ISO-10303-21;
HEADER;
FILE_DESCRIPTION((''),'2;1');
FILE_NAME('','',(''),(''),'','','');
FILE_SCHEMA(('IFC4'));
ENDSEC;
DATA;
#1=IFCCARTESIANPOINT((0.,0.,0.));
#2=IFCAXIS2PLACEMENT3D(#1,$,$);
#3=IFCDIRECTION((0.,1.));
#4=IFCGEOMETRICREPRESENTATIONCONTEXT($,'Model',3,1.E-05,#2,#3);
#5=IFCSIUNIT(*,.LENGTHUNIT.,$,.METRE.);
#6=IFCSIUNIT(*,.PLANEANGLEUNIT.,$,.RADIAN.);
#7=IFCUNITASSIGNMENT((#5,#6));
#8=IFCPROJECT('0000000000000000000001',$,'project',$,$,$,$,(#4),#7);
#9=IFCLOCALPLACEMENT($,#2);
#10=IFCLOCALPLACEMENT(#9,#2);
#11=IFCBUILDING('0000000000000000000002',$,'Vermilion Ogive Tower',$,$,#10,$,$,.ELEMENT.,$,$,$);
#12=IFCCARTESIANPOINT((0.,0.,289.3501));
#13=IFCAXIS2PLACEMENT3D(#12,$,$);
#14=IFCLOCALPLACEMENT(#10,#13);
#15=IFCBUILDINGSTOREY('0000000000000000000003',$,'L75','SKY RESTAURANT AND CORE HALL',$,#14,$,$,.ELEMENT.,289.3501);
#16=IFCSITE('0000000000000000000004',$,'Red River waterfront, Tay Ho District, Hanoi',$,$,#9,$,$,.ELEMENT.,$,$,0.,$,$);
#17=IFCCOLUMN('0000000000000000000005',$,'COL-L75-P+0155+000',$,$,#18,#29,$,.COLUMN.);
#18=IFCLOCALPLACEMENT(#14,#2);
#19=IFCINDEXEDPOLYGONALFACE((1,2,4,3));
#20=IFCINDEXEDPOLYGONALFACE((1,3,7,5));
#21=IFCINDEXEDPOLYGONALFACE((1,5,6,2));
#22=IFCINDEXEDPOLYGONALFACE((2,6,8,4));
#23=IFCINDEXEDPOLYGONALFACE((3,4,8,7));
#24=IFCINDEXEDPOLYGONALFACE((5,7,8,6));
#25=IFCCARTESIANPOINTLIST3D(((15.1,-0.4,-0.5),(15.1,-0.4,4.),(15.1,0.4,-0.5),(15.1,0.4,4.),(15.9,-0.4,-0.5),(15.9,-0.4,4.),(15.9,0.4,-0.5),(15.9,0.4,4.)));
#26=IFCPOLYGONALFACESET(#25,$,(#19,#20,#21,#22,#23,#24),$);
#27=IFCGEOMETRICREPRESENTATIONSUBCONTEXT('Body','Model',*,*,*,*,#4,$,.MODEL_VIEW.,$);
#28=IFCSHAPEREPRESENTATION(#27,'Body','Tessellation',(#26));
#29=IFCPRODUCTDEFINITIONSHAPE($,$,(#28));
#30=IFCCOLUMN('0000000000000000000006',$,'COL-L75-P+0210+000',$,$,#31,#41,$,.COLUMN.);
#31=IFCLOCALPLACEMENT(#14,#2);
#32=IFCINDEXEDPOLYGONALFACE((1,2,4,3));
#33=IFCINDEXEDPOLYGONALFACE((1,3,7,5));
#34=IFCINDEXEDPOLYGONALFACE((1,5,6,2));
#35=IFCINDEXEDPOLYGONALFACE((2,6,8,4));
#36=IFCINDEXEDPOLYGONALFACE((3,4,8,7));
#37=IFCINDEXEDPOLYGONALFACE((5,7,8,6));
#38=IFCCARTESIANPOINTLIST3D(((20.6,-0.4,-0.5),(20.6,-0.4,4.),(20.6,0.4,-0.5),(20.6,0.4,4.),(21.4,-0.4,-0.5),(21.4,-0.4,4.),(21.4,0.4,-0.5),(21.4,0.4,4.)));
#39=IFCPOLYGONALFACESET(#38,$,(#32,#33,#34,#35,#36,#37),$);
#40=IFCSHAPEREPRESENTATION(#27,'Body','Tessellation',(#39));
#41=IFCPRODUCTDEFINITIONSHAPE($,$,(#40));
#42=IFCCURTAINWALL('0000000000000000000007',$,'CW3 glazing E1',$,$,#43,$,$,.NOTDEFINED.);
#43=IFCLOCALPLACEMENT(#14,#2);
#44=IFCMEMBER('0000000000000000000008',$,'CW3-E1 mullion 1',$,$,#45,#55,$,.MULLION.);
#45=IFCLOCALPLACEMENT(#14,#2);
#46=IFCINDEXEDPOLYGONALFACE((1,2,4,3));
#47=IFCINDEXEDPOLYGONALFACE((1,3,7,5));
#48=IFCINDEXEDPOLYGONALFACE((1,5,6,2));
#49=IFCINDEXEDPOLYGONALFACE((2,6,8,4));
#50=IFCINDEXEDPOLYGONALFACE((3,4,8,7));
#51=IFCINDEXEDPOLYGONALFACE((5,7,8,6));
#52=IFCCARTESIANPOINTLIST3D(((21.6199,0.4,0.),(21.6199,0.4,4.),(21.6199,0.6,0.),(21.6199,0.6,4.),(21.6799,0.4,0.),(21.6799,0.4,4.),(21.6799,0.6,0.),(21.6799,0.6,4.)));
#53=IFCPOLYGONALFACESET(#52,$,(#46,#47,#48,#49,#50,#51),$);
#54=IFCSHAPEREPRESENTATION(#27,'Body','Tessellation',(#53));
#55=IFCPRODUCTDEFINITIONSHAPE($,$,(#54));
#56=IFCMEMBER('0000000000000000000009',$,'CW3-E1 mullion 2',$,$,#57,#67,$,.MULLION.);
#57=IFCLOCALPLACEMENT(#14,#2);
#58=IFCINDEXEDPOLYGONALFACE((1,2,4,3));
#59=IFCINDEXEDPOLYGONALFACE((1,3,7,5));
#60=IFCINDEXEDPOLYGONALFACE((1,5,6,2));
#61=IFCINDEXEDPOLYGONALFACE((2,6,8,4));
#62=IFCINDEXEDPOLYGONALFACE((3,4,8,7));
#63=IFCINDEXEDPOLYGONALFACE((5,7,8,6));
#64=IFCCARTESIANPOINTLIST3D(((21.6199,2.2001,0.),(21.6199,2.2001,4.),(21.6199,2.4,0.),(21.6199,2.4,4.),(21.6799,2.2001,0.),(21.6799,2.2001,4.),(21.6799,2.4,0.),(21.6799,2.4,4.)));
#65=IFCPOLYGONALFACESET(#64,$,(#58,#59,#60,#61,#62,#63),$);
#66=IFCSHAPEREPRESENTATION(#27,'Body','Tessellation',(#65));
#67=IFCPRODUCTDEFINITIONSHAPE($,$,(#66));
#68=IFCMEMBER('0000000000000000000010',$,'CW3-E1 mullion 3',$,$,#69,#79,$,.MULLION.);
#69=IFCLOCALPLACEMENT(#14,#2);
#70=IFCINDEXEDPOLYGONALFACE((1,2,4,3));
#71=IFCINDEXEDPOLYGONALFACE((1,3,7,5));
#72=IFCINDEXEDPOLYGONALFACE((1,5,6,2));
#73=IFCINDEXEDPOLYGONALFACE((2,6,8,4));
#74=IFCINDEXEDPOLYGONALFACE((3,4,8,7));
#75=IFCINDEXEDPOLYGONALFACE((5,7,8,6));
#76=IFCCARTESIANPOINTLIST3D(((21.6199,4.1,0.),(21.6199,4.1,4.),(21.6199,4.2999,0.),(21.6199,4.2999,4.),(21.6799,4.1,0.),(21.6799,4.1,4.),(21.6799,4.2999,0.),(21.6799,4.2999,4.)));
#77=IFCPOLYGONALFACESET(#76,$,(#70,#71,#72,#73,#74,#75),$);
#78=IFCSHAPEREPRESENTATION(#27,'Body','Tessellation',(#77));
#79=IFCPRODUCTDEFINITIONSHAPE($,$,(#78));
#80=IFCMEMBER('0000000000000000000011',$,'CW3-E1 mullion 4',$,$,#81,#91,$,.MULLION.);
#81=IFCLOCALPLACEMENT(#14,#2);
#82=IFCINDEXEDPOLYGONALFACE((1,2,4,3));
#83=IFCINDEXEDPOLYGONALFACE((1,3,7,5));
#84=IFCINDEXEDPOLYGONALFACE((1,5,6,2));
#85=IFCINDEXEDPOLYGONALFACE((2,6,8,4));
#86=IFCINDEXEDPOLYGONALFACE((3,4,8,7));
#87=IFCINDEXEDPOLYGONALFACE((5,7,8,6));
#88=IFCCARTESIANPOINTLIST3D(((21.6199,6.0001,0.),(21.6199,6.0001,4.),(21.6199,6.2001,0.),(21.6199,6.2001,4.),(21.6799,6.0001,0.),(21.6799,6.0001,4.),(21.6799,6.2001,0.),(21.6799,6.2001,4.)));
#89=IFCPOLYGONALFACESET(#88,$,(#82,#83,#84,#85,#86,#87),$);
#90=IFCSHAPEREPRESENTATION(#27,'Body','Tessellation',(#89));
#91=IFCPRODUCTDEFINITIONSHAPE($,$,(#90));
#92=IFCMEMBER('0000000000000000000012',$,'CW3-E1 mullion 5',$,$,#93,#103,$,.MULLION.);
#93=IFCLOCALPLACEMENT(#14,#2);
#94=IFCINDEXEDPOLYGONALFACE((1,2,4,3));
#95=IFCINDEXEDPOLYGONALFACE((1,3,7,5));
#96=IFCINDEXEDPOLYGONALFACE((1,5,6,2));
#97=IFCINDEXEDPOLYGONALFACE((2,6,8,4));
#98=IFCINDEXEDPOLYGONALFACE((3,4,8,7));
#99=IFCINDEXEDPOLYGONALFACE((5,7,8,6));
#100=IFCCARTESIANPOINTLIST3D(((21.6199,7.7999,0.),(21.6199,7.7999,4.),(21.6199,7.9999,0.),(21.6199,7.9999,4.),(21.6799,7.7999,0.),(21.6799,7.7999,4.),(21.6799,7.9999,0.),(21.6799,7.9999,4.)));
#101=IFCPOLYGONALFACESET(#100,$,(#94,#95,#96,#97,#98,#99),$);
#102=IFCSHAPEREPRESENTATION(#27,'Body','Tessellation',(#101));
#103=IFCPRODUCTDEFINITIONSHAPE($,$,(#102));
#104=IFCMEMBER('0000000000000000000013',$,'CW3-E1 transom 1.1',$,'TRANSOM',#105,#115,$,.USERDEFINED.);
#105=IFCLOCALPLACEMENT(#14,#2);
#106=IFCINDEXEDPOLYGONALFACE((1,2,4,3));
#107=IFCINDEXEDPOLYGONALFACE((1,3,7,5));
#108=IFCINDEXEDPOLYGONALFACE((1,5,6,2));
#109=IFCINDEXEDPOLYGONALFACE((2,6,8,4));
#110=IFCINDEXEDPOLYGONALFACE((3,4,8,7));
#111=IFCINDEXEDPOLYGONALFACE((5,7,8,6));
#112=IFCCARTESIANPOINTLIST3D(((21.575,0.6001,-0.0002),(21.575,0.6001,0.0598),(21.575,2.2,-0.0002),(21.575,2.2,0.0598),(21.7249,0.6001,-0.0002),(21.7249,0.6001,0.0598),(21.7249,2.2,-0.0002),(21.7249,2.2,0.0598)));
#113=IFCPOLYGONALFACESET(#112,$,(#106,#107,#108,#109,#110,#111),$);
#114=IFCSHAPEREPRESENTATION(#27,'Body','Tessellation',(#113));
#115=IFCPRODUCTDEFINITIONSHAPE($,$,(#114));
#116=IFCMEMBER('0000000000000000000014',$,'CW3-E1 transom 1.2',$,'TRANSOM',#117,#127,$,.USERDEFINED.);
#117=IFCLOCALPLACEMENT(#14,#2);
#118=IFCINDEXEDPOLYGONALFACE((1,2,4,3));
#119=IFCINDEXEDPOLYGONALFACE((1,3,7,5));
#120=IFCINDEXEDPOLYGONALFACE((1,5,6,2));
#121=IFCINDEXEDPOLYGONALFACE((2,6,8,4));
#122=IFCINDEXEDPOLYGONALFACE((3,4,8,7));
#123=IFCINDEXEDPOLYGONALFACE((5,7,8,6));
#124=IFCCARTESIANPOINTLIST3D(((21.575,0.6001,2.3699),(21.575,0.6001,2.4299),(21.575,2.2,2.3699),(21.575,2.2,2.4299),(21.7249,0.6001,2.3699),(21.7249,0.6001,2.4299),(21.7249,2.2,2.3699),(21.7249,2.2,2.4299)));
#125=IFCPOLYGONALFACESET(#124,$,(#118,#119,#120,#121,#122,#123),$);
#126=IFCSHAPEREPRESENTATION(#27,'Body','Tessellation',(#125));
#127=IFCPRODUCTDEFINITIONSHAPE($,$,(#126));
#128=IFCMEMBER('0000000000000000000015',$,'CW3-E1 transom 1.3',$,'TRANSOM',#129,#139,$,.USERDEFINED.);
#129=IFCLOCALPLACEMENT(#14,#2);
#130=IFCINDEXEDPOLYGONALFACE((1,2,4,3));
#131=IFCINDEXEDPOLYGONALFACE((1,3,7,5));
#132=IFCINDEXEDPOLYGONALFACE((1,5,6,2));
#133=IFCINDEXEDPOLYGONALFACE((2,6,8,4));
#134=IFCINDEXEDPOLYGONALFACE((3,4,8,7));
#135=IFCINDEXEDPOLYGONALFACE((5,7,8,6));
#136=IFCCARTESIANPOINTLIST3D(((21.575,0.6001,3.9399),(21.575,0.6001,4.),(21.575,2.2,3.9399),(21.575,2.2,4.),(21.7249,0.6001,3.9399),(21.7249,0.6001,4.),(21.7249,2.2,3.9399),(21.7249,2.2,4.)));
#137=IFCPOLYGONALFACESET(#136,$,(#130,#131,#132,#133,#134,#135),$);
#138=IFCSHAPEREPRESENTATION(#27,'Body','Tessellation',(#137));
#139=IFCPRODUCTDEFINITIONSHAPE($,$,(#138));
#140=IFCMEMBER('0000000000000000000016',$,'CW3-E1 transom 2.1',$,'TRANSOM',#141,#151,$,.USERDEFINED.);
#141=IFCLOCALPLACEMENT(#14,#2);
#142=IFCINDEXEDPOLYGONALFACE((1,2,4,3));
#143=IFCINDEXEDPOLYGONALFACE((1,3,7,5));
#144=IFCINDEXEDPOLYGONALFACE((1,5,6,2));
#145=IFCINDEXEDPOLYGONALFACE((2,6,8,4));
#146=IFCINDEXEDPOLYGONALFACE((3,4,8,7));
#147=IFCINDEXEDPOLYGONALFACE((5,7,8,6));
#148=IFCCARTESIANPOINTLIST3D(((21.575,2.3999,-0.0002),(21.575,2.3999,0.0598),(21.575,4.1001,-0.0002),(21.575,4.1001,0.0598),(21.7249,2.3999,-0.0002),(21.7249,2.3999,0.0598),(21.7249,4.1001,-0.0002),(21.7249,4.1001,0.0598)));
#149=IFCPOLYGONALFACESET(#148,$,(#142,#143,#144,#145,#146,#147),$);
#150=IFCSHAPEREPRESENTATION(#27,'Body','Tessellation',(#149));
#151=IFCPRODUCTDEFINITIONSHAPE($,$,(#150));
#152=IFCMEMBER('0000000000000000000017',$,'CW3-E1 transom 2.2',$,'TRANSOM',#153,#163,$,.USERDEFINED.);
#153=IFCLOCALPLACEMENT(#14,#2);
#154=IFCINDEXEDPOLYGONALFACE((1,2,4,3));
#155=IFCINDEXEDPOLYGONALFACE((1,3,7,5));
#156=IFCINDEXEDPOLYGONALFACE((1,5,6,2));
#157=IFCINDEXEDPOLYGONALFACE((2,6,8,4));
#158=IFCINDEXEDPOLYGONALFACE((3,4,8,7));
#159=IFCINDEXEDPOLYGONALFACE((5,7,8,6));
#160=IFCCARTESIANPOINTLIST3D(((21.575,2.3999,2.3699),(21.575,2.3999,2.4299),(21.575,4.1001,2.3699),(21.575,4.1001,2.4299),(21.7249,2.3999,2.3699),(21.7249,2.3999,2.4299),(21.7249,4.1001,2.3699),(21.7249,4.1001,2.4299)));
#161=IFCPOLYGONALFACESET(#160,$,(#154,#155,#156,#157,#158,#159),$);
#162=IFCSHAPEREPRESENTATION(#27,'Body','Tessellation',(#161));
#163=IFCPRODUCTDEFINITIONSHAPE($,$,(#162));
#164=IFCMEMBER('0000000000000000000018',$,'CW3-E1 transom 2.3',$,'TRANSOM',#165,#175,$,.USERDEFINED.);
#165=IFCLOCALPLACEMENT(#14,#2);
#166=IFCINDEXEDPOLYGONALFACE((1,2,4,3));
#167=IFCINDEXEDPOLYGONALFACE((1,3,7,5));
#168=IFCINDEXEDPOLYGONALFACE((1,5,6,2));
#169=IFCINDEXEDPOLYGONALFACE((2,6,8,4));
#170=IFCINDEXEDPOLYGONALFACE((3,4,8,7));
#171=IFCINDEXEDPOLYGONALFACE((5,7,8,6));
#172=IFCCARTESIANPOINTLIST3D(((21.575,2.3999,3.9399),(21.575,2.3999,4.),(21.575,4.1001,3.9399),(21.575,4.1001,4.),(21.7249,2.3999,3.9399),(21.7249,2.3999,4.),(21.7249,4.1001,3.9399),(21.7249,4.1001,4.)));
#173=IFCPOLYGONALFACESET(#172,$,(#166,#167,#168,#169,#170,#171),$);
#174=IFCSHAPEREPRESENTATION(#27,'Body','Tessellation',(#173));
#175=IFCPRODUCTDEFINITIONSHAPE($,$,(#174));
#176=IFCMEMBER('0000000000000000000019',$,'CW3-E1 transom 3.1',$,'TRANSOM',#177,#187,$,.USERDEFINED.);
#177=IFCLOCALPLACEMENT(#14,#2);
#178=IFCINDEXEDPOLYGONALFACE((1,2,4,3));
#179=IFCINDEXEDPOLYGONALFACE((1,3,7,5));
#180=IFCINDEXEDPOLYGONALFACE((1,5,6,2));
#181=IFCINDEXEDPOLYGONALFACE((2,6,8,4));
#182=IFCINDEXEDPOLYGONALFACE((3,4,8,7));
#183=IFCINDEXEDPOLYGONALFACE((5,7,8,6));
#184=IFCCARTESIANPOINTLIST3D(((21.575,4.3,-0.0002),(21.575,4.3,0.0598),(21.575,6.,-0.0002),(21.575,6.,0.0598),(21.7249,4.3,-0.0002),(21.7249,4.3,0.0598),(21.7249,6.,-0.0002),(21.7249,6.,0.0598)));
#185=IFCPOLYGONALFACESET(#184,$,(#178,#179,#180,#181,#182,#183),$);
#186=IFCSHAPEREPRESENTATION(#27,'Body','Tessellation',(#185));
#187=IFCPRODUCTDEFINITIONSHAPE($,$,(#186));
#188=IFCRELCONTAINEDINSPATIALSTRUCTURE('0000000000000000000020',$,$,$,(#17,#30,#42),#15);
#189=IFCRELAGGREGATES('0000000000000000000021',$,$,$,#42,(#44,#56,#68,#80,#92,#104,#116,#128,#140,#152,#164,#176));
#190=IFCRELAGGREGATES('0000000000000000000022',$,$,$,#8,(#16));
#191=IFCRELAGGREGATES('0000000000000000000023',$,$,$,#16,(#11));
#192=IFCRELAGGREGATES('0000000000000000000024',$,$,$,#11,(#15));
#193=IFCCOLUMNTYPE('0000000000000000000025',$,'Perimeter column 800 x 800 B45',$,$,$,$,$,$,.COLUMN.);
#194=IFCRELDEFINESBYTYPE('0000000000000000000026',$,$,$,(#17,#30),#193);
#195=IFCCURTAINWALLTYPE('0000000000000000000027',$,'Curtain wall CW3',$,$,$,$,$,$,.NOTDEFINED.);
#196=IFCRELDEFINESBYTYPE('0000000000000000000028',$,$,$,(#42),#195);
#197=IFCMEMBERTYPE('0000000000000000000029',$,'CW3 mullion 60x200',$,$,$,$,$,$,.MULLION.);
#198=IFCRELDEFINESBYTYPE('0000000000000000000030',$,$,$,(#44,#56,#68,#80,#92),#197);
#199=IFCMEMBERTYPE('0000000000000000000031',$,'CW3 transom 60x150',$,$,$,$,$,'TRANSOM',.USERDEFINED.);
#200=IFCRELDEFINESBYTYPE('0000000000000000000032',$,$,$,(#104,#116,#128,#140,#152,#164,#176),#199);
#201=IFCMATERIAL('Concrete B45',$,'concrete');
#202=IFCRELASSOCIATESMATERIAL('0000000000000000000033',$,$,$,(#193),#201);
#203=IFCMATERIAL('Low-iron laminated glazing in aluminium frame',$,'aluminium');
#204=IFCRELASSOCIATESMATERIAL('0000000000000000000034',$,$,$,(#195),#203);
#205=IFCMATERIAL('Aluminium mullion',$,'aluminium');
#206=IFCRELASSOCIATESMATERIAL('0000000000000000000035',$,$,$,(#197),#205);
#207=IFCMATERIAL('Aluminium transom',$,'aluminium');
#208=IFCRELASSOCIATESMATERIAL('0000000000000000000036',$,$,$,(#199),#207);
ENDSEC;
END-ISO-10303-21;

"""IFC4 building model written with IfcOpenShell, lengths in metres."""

from ifc_helpers import new_model, si_unit, direction, frame, origin, origin_2d, place, context, subcontext, project, spatial, rectangle, extrude, material, material_profile, profile_set, type_object, element, aggregate, save


model = new_model("IFC4")

# Units and contexts
model_context = context("Model", 3, precision=1e-05, world=origin(), true_north=direction((0.0, 1.0)))
body_context = subcontext(model_context, "Body", "Model", "MODEL_VIEW")
ifc_project = project(units=[si_unit("LENGTHUNIT", "METRE"), si_unit("PLANEANGLEUNIT", "RADIAN")], contexts=[model_context])

# Site, building, storey
site_placement = place(None, origin())
site = spatial("IfcSite", under=ifc_project, at=site_placement, Name="Red River waterfront, Tay Ho District, Hanoi", CompositionType="ELEMENT", RefElevation=0.0)
building_placement = place(site_placement, origin())
building = spatial("IfcBuilding", under=site, at=building_placement, Name="Vermilion Ogive Tower", CompositionType="ELEMENT")
storey_placement = place(building_placement, frame((0.0, 0.0, 289.3501)))
storey = spatial("IfcBuildingStorey", under=building, at=storey_placement, Name="L75", Description="SKY RESTAURANT AND CORE HALL", CompositionType="ELEMENT", Elevation=289.3501)

# Columns
ifc_material_1 = material(Name="Concrete B45", Category="concrete")
ifc_material_profile_1 = material_profile(ifc_material_1, rectangle(XDim=0.8, YDim=0.8, at=origin_2d()), Name="800 x 800")
ifc_profile_set_1 = profile_set([ifc_material_profile_1], Name="Concrete B45")
column_type = type_object("IfcColumnType", Name="Perimeter column 800 x 800 B45", PredefinedType="COLUMN", material=ifc_profile_set_1)
for number, where, z_axis, x_axis, name in (
    (1, (15.5, 0.0, -0.5), (0.0, 0.0, 1.0), (1.0, 0.0, 0.0), "COL-L75-P+0155+000"),
    (2, (21.0, 0.0, -0.5), (0.0, 0.0, 1.0), (1.0, 0.0, 0.0), "COL-L75-P+0210+000"),
):
    element("IfcColumn", number, at=place(storey_placement, frame(where, z_axis=z_axis, x_axis=x_axis)), inside=storey, type_object=column_type, Name=name, PredefinedType="COLUMN", context=body_context, shape_type="SweptSolid", body=[
        extrude(rectangle(XDim=0.8, YDim=0.8, at=origin_2d()), origin(), (0.0, 0.0, 1.0), 4.5),
    ])

# Curtain wall, members
ifc_material_2 = material(Name="Low-iron laminated glazing in aluminium frame", Category="aluminium")
curtain_wall_type = type_object("IfcCurtainWallType", Name="Curtain wall CW3", PredefinedType="NOTDEFINED", material=ifc_material_2)
curtain_wall_placement = place(storey_placement, origin())
curtain_wall = element("IfcCurtainWall", 3, at=curtain_wall_placement, inside=storey, type_object=curtain_wall_type, Name="CW3 glazing E1", PredefinedType="NOTDEFINED")
ifc_material_3 = material(Name="Aluminium mullion", Category="aluminium")
ifc_material_profile_2 = material_profile(ifc_material_3, rectangle(XDim=0.0601, YDim=0.2, at=origin_2d()), Name="AL 60x200")
ifc_profile_set_2 = profile_set([ifc_material_profile_2], Name="Aluminium mullion")
member_type_1 = type_object("IfcMemberType", Name="CW3 mullion 60x200", PredefinedType="MULLION", material=ifc_profile_set_2)
member_1_placement = place(storey_placement, frame((21.6499, 0.5, 0.0), z_axis=(0.0, 0.0, 1.0), x_axis=(-1.0, 0.0, 0.0)))
member_1 = element("IfcMember", 4, at=member_1_placement, type_object=member_type_1, Name="CW3-E1 mullion 1", PredefinedType="MULLION", context=body_context, shape_type="SweptSolid", body=[
    extrude(rectangle(XDim=0.0601, YDim=0.2, at=origin_2d()), origin(), (0.0, 0.0, 1.0), 4.0),
])
member_2_placement = place(storey_placement, frame((21.6499, 2.3, 0.0), z_axis=(0.0, 0.0, 1.0), x_axis=(-1.0, 0.0, 0.0)))
member_2 = element("IfcMember", 5, at=member_2_placement, type_object=member_type_1, Name="CW3-E1 mullion 2", PredefinedType="MULLION", context=body_context, shape_type="SweptSolid", body=[
    extrude(rectangle(XDim=0.0601, YDim=0.2, at=origin_2d()), origin(), (0.0, 0.0, 1.0), 4.0),
])
member_3_placement = place(storey_placement, frame((21.6499, 4.2, 0.0), z_axis=(0.0, 0.0, 1.0), x_axis=(-1.0, 0.0, 0.0)))
member_3 = element("IfcMember", 6, at=member_3_placement, type_object=member_type_1, Name="CW3-E1 mullion 3", PredefinedType="MULLION", context=body_context, shape_type="SweptSolid", body=[
    extrude(rectangle(XDim=0.0601, YDim=0.2, at=origin_2d()), origin(), (0.0, 0.0, 1.0), 4.0),
])
member_4_placement = place(storey_placement, frame((21.6499, 6.1001, 0.0), z_axis=(0.0, 0.0, 1.0), x_axis=(-1.0, 0.0, 0.0)))
member_4 = element("IfcMember", 7, at=member_4_placement, type_object=member_type_1, Name="CW3-E1 mullion 4", PredefinedType="MULLION", context=body_context, shape_type="SweptSolid", body=[
    extrude(rectangle(XDim=0.0601, YDim=0.2, at=origin_2d()), origin(), (0.0, 0.0, 1.0), 4.0),
])
member_5_placement = place(storey_placement, frame((21.6499, 7.8999, 0.0), z_axis=(0.0, 0.0, 1.0), x_axis=(-1.0, 0.0, 0.0)))
member_5 = element("IfcMember", 8, at=member_5_placement, type_object=member_type_1, Name="CW3-E1 mullion 5", PredefinedType="MULLION", context=body_context, shape_type="SweptSolid", body=[
    extrude(rectangle(XDim=0.0601, YDim=0.2, at=origin_2d()), origin(), (0.0, 0.0, 1.0), 4.0),
])
ifc_material_4 = material(Name="Aluminium transom", Category="aluminium")
ifc_material_profile_3 = material_profile(ifc_material_4, rectangle(XDim=0.1499, YDim=0.0601, at=origin_2d()), Name="AL 60x150")
ifc_profile_set_3 = profile_set([ifc_material_profile_3], Name="Aluminium transom")
member_type_2 = type_object("IfcMemberType", Name="CW3 transom 60x150", ElementType="TRANSOM", PredefinedType="USERDEFINED", material=ifc_profile_set_3)
member_6_placement = place(storey_placement, frame((21.6499, 0.6001, 0.0298), z_axis=(0.0, 1.0, 0.0), x_axis=(-1.0, 0.0, 0.0)))
member_6 = element("IfcMember", 9, at=member_6_placement, type_object=member_type_2, Name="CW3-E1 transom 1.1", ObjectType="TRANSOM", PredefinedType="USERDEFINED", context=body_context, shape_type="SweptSolid", body=[
    extrude(rectangle(XDim=0.1499, YDim=0.0601, at=origin_2d()), origin(), (0.0, 0.0, 1.0), 1.5999),
])
member_7_placement = place(storey_placement, frame((21.6499, 0.6001, 2.3999), z_axis=(0.0, 1.0, 0.0), x_axis=(-1.0, 0.0, 0.0)))
member_7 = element("IfcMember", 10, at=member_7_placement, type_object=member_type_2, Name="CW3-E1 transom 1.2", ObjectType="TRANSOM", PredefinedType="USERDEFINED", context=body_context, shape_type="SweptSolid", body=[
    extrude(rectangle(XDim=0.1499, YDim=0.0601, at=origin_2d()), origin(), (0.0, 0.0, 1.0), 1.5999),
])
member_8_placement = place(storey_placement, frame((21.6499, 0.6001, 3.97), z_axis=(0.0, 1.0, 0.0), x_axis=(-1.0, 0.0, 0.0)))
member_8 = element("IfcMember", 11, at=member_8_placement, type_object=member_type_2, Name="CW3-E1 transom 1.3", ObjectType="TRANSOM", PredefinedType="USERDEFINED", context=body_context, shape_type="SweptSolid", body=[
    extrude(rectangle(XDim=0.1499, YDim=0.0601, at=origin_2d()), origin(), (0.0, 0.0, 1.0), 1.5999),
])
member_9_placement = place(storey_placement, frame((21.6499, 2.3999, 0.0298), z_axis=(0.0, 1.0, 0.0), x_axis=(-1.0, 0.0, 0.0)))
member_9 = element("IfcMember", 12, at=member_9_placement, type_object=member_type_2, Name="CW3-E1 transom 2.1", ObjectType="TRANSOM", PredefinedType="USERDEFINED", context=body_context, shape_type="SweptSolid", body=[
    extrude(rectangle(XDim=0.1499, YDim=0.0601, at=origin_2d()), origin(), (0.0, 0.0, 1.0), 1.7002),
])
member_10_placement = place(storey_placement, frame((21.6499, 2.3999, 2.3999), z_axis=(0.0, 1.0, 0.0), x_axis=(-1.0, 0.0, 0.0)))
member_10 = element("IfcMember", 13, at=member_10_placement, type_object=member_type_2, Name="CW3-E1 transom 2.2", ObjectType="TRANSOM", PredefinedType="USERDEFINED", context=body_context, shape_type="SweptSolid", body=[
    extrude(rectangle(XDim=0.1499, YDim=0.0601, at=origin_2d()), origin(), (0.0, 0.0, 1.0), 1.7002),
])
member_11_placement = place(storey_placement, frame((21.6499, 2.3999, 3.97), z_axis=(0.0, 1.0, 0.0), x_axis=(-1.0, 0.0, 0.0)))
member_11 = element("IfcMember", 14, at=member_11_placement, type_object=member_type_2, Name="CW3-E1 transom 2.3", ObjectType="TRANSOM", PredefinedType="USERDEFINED", context=body_context, shape_type="SweptSolid", body=[
    extrude(rectangle(XDim=0.1499, YDim=0.0601, at=origin_2d()), origin(), (0.0, 0.0, 1.0), 1.7002),
])
member_12_placement = place(storey_placement, frame((21.6499, 4.3, 0.0298), z_axis=(0.0, 1.0, 0.0), x_axis=(-1.0, 0.0, 0.0)))
member_12 = element("IfcMember", 15, at=member_12_placement, type_object=member_type_2, Name="CW3-E1 transom 3.1", ObjectType="TRANSOM", PredefinedType="USERDEFINED", context=body_context, shape_type="SweptSolid", body=[
    extrude(rectangle(XDim=0.1499, YDim=0.0601, at=origin_2d()), origin(), (0.0, 0.0, 1.0), 1.7),
])

aggregate(curtain_wall, [member_1, member_2, member_3, member_4, member_5, member_6, member_7, member_8, member_9, member_10, member_11, member_12])

save(model, "model.ifc")
